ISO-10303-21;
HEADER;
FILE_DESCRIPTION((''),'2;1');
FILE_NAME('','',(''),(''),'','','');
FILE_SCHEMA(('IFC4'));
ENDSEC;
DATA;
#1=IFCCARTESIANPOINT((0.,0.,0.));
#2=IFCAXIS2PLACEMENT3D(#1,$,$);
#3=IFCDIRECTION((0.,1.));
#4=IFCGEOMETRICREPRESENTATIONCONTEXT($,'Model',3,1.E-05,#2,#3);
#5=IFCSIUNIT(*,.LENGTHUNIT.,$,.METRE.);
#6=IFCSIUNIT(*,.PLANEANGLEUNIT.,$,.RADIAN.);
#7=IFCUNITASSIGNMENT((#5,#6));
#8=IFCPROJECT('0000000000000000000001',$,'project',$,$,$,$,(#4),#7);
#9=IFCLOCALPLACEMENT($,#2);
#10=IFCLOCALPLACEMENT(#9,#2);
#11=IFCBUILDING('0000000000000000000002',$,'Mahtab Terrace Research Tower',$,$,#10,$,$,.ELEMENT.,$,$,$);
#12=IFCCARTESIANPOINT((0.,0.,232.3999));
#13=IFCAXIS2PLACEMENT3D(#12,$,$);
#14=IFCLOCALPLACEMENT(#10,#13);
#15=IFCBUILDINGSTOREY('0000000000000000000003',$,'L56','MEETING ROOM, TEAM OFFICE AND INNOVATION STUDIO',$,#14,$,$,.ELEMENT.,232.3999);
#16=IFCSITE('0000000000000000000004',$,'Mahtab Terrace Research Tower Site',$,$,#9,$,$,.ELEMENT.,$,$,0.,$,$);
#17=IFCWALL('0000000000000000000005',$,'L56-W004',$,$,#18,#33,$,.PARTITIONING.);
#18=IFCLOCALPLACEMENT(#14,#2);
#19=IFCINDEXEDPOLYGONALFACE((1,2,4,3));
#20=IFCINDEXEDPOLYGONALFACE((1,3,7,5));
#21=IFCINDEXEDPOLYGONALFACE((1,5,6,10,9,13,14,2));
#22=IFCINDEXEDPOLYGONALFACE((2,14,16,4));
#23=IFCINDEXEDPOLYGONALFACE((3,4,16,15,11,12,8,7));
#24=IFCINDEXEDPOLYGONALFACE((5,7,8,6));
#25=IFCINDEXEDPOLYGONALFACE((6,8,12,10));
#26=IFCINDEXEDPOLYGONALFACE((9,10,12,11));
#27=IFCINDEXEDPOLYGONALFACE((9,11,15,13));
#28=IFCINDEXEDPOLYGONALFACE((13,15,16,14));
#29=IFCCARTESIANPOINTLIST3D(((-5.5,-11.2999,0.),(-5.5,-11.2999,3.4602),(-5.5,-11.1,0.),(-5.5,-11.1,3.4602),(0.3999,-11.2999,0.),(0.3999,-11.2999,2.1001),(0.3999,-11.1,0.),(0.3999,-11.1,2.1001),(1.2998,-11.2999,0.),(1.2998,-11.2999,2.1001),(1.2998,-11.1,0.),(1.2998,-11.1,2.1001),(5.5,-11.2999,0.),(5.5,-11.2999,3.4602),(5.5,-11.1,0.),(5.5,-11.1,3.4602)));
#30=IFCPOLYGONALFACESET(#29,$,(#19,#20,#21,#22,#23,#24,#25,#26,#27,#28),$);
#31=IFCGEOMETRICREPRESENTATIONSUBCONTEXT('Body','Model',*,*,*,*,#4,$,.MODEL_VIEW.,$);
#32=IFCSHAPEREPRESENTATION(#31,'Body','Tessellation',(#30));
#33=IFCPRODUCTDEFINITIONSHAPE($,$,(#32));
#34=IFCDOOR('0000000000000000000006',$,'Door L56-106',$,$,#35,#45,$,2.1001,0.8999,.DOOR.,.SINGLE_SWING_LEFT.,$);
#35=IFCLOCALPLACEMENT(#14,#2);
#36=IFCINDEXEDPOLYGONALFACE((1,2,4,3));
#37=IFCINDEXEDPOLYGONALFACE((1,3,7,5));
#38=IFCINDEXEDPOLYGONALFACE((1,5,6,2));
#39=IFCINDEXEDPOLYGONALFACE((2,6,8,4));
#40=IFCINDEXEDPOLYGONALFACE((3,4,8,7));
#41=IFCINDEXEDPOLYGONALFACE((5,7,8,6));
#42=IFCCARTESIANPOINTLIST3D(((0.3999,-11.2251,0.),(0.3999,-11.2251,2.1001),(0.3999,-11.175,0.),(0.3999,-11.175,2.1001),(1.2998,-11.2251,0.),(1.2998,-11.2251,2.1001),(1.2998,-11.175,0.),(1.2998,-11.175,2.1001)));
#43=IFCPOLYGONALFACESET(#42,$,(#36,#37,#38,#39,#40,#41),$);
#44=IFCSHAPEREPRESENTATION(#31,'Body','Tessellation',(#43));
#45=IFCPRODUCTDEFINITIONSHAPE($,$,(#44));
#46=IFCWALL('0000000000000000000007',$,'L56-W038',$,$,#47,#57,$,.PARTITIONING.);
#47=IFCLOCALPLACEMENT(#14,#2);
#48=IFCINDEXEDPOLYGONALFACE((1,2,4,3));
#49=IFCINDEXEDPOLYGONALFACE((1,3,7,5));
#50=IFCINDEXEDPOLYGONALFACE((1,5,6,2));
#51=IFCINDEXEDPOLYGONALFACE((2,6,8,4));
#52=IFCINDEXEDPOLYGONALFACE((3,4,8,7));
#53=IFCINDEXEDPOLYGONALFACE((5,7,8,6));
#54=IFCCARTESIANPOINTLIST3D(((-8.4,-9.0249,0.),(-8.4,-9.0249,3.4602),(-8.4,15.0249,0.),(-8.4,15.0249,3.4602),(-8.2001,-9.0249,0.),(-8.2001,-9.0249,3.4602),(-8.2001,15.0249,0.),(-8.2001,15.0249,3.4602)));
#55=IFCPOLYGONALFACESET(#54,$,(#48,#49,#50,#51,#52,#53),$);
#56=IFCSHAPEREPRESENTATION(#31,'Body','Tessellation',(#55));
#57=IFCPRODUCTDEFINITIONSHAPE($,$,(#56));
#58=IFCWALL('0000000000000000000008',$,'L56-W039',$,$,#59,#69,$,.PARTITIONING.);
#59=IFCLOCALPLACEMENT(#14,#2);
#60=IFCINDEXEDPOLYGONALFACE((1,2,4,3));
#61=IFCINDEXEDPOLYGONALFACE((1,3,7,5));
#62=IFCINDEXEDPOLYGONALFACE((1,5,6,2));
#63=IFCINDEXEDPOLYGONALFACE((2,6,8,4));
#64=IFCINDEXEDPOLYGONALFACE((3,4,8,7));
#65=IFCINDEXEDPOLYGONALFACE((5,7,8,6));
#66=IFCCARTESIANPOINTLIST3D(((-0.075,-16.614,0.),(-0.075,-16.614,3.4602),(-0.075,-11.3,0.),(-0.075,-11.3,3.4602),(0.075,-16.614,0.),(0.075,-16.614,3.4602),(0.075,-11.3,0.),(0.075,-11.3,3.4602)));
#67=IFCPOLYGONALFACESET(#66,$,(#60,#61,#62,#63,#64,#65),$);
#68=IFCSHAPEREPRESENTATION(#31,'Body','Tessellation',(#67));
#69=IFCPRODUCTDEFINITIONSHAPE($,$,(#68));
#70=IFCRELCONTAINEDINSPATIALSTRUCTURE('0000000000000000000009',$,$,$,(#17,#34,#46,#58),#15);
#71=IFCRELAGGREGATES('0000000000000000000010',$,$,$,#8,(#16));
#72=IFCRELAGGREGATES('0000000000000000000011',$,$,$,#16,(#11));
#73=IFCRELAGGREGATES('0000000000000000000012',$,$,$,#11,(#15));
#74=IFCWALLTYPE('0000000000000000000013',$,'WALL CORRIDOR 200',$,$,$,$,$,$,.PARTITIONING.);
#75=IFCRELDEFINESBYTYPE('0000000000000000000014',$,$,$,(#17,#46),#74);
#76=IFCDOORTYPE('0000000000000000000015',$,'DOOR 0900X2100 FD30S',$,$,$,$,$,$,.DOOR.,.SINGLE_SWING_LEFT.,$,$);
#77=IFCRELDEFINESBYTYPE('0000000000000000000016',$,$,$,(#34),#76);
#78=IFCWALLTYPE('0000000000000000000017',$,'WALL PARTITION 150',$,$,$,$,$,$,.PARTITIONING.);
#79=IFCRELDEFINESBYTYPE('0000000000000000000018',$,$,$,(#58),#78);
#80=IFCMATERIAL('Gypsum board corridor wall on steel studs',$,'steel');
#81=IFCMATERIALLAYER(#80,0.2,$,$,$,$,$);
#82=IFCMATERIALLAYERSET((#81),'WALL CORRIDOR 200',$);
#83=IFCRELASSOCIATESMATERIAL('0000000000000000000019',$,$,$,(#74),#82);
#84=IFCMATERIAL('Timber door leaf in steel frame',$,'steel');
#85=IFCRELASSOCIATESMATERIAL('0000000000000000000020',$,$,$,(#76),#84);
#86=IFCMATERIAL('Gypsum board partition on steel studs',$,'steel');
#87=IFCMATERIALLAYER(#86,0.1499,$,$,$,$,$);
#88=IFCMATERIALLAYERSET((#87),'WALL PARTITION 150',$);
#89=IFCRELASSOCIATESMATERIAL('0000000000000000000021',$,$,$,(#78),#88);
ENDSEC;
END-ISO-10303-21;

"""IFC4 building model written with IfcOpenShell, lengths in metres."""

from ifc_helpers import new_model, si_unit, direction, frame, frame_2d, origin, place, context, subcontext, project, spatial, rectangle, extrude, material, layer, layer_set, type_object, element, fill, save


model = new_model("IFC4")

# Units and contexts
model_context = context("Model", 3, precision=1e-05, world=origin(), true_north=direction((0.0, 1.0)))
body_context = subcontext(model_context, "Body", "Model", "MODEL_VIEW")
ifc_project = project(units=[si_unit("LENGTHUNIT", "METRE"), si_unit("PLANEANGLEUNIT", "RADIAN")], contexts=[model_context])

# Site, building, storey
site_placement = place(None, origin())
site = spatial("IfcSite", under=ifc_project, at=site_placement, Name="Mahtab Terrace Research Tower Site", CompositionType="ELEMENT", RefElevation=0.0)
building_placement = place(site_placement, origin())
building = spatial("IfcBuilding", under=site, at=building_placement, Name="Mahtab Terrace Research Tower", CompositionType="ELEMENT")
storey_placement = place(building_placement, frame((0.0, 0.0, 232.3999)))
storey = spatial("IfcBuildingStorey", under=building, at=storey_placement, Name="L56", Description="MEETING ROOM, TEAM OFFICE AND INNOVATION STUDIO", CompositionType="ELEMENT", Elevation=232.3999)

# Wall, opening, door
ifc_material_1 = material(Name="Gypsum board corridor wall on steel studs", Category="steel")
ifc_layer_1 = layer(ifc_material_1, 0.2)
ifc_layer_set_1 = layer_set([ifc_layer_1], Name="WALL CORRIDOR 200")
wall_type_1 = type_object("IfcWallType", Name="WALL CORRIDOR 200", PredefinedType="PARTITIONING", material=ifc_layer_set_1)
wall_1_placement = place(storey_placement, frame((-5.5, -11.2, 0.0), z_axis=(0.0, 0.0, 1.0), x_axis=(1.0, 0.0, 0.0)))
wall_1 = element("IfcWall", 1, at=wall_1_placement, inside=storey, type_object=wall_type_1, Name="L56-W004", PredefinedType="PARTITIONING", context=body_context, shape_type="SweptSolid", body=[
    extrude(rectangle(XDim=11.0, YDim=0.2, at=frame_2d((5.5, 0.0))), origin(), (0.0, 0.0, 1.0), 3.4602),
])
opening_1_placement = place(wall_1_placement, frame((5.8999, 0.0, 0.0)))
opening_1 = element("IfcOpeningElement", 2, at=opening_1_placement, cuts=wall_1, PredefinedType="OPENING", context=body_context, shape_type="SweptSolid", body=[
    extrude(rectangle(XDim=0.8999, YDim=2.1001, at=frame_2d((0.45, 1.05))), frame((0.0, 0.1099, 0.0), z_axis=(0.0, -1.0, 0.0), x_axis=(1.0, 0.0, 0.0)), (0.0, 0.0, 1.0), 0.22),
])
ifc_material_2 = material(Name="Timber door leaf in steel frame", Category="steel")
door_type_1 = type_object("IfcDoorType", Name="DOOR 0900X2100 FD30S", OperationType="SINGLE_SWING_LEFT", PredefinedType="DOOR", material=ifc_material_2)
door_1_placement = place(opening_1_placement, origin())
door_1 = element("IfcDoor", 3, at=door_1_placement, inside=storey, type_object=door_type_1, Name="Door L56-106", OperationType="SINGLE_SWING_LEFT", OverallHeight=2.1001, OverallWidth=0.8999, PredefinedType="DOOR", context=body_context, shape_type="SweptSolid", body=[
    extrude(rectangle(XDim=0.8999, YDim=2.1001, at=frame_2d((0.45, 1.05))), frame((0.0, 0.0249, 0.0), z_axis=(0.0, -1.0, 0.0), x_axis=(1.0, 0.0, 0.0)), (0.0, 0.0, 1.0), 0.05),
])
fill(opening_1, door_1)

# Walls
wall_2_placement = place(storey_placement, frame((-8.3, -9.0249, 0.0), z_axis=(0.0, 0.0, 1.0), x_axis=(0.0, 1.0, 0.0)))
element("IfcWall", 4, at=wall_2_placement, inside=storey, type_object=wall_type_1, Name="L56-W038", PredefinedType="PARTITIONING", context=body_context, shape_type="SweptSolid", body=[
    extrude(rectangle(XDim=24.0498, YDim=0.2, at=frame_2d((12.0249, 0.0))), origin(), (0.0, 0.0, 1.0), 3.4602),
])
ifc_material_3 = material(Name="Gypsum board partition on steel studs", Category="steel")
ifc_layer_2 = layer(ifc_material_3, 0.1499)
ifc_layer_set_2 = layer_set([ifc_layer_2], Name="WALL PARTITION 150")
wall_type_2 = type_object("IfcWallType", Name="WALL PARTITION 150", PredefinedType="PARTITIONING", material=ifc_layer_set_2)
wall_3_placement = place(storey_placement, frame((0.0, -16.614, 0.0), z_axis=(0.0, 0.0, 1.0), x_axis=(0.0, 1.0, 0.0)))
element("IfcWall", 5, at=wall_3_placement, inside=storey, type_object=wall_type_2, Name="L56-W039", PredefinedType="PARTITIONING", context=body_context, shape_type="SweptSolid", body=[
    extrude(rectangle(XDim=5.314, YDim=0.1499, at=frame_2d((2.657, 0.0))), origin(), (0.0, 0.0, 1.0), 3.4602),
])

save(model, "model.ifc")
